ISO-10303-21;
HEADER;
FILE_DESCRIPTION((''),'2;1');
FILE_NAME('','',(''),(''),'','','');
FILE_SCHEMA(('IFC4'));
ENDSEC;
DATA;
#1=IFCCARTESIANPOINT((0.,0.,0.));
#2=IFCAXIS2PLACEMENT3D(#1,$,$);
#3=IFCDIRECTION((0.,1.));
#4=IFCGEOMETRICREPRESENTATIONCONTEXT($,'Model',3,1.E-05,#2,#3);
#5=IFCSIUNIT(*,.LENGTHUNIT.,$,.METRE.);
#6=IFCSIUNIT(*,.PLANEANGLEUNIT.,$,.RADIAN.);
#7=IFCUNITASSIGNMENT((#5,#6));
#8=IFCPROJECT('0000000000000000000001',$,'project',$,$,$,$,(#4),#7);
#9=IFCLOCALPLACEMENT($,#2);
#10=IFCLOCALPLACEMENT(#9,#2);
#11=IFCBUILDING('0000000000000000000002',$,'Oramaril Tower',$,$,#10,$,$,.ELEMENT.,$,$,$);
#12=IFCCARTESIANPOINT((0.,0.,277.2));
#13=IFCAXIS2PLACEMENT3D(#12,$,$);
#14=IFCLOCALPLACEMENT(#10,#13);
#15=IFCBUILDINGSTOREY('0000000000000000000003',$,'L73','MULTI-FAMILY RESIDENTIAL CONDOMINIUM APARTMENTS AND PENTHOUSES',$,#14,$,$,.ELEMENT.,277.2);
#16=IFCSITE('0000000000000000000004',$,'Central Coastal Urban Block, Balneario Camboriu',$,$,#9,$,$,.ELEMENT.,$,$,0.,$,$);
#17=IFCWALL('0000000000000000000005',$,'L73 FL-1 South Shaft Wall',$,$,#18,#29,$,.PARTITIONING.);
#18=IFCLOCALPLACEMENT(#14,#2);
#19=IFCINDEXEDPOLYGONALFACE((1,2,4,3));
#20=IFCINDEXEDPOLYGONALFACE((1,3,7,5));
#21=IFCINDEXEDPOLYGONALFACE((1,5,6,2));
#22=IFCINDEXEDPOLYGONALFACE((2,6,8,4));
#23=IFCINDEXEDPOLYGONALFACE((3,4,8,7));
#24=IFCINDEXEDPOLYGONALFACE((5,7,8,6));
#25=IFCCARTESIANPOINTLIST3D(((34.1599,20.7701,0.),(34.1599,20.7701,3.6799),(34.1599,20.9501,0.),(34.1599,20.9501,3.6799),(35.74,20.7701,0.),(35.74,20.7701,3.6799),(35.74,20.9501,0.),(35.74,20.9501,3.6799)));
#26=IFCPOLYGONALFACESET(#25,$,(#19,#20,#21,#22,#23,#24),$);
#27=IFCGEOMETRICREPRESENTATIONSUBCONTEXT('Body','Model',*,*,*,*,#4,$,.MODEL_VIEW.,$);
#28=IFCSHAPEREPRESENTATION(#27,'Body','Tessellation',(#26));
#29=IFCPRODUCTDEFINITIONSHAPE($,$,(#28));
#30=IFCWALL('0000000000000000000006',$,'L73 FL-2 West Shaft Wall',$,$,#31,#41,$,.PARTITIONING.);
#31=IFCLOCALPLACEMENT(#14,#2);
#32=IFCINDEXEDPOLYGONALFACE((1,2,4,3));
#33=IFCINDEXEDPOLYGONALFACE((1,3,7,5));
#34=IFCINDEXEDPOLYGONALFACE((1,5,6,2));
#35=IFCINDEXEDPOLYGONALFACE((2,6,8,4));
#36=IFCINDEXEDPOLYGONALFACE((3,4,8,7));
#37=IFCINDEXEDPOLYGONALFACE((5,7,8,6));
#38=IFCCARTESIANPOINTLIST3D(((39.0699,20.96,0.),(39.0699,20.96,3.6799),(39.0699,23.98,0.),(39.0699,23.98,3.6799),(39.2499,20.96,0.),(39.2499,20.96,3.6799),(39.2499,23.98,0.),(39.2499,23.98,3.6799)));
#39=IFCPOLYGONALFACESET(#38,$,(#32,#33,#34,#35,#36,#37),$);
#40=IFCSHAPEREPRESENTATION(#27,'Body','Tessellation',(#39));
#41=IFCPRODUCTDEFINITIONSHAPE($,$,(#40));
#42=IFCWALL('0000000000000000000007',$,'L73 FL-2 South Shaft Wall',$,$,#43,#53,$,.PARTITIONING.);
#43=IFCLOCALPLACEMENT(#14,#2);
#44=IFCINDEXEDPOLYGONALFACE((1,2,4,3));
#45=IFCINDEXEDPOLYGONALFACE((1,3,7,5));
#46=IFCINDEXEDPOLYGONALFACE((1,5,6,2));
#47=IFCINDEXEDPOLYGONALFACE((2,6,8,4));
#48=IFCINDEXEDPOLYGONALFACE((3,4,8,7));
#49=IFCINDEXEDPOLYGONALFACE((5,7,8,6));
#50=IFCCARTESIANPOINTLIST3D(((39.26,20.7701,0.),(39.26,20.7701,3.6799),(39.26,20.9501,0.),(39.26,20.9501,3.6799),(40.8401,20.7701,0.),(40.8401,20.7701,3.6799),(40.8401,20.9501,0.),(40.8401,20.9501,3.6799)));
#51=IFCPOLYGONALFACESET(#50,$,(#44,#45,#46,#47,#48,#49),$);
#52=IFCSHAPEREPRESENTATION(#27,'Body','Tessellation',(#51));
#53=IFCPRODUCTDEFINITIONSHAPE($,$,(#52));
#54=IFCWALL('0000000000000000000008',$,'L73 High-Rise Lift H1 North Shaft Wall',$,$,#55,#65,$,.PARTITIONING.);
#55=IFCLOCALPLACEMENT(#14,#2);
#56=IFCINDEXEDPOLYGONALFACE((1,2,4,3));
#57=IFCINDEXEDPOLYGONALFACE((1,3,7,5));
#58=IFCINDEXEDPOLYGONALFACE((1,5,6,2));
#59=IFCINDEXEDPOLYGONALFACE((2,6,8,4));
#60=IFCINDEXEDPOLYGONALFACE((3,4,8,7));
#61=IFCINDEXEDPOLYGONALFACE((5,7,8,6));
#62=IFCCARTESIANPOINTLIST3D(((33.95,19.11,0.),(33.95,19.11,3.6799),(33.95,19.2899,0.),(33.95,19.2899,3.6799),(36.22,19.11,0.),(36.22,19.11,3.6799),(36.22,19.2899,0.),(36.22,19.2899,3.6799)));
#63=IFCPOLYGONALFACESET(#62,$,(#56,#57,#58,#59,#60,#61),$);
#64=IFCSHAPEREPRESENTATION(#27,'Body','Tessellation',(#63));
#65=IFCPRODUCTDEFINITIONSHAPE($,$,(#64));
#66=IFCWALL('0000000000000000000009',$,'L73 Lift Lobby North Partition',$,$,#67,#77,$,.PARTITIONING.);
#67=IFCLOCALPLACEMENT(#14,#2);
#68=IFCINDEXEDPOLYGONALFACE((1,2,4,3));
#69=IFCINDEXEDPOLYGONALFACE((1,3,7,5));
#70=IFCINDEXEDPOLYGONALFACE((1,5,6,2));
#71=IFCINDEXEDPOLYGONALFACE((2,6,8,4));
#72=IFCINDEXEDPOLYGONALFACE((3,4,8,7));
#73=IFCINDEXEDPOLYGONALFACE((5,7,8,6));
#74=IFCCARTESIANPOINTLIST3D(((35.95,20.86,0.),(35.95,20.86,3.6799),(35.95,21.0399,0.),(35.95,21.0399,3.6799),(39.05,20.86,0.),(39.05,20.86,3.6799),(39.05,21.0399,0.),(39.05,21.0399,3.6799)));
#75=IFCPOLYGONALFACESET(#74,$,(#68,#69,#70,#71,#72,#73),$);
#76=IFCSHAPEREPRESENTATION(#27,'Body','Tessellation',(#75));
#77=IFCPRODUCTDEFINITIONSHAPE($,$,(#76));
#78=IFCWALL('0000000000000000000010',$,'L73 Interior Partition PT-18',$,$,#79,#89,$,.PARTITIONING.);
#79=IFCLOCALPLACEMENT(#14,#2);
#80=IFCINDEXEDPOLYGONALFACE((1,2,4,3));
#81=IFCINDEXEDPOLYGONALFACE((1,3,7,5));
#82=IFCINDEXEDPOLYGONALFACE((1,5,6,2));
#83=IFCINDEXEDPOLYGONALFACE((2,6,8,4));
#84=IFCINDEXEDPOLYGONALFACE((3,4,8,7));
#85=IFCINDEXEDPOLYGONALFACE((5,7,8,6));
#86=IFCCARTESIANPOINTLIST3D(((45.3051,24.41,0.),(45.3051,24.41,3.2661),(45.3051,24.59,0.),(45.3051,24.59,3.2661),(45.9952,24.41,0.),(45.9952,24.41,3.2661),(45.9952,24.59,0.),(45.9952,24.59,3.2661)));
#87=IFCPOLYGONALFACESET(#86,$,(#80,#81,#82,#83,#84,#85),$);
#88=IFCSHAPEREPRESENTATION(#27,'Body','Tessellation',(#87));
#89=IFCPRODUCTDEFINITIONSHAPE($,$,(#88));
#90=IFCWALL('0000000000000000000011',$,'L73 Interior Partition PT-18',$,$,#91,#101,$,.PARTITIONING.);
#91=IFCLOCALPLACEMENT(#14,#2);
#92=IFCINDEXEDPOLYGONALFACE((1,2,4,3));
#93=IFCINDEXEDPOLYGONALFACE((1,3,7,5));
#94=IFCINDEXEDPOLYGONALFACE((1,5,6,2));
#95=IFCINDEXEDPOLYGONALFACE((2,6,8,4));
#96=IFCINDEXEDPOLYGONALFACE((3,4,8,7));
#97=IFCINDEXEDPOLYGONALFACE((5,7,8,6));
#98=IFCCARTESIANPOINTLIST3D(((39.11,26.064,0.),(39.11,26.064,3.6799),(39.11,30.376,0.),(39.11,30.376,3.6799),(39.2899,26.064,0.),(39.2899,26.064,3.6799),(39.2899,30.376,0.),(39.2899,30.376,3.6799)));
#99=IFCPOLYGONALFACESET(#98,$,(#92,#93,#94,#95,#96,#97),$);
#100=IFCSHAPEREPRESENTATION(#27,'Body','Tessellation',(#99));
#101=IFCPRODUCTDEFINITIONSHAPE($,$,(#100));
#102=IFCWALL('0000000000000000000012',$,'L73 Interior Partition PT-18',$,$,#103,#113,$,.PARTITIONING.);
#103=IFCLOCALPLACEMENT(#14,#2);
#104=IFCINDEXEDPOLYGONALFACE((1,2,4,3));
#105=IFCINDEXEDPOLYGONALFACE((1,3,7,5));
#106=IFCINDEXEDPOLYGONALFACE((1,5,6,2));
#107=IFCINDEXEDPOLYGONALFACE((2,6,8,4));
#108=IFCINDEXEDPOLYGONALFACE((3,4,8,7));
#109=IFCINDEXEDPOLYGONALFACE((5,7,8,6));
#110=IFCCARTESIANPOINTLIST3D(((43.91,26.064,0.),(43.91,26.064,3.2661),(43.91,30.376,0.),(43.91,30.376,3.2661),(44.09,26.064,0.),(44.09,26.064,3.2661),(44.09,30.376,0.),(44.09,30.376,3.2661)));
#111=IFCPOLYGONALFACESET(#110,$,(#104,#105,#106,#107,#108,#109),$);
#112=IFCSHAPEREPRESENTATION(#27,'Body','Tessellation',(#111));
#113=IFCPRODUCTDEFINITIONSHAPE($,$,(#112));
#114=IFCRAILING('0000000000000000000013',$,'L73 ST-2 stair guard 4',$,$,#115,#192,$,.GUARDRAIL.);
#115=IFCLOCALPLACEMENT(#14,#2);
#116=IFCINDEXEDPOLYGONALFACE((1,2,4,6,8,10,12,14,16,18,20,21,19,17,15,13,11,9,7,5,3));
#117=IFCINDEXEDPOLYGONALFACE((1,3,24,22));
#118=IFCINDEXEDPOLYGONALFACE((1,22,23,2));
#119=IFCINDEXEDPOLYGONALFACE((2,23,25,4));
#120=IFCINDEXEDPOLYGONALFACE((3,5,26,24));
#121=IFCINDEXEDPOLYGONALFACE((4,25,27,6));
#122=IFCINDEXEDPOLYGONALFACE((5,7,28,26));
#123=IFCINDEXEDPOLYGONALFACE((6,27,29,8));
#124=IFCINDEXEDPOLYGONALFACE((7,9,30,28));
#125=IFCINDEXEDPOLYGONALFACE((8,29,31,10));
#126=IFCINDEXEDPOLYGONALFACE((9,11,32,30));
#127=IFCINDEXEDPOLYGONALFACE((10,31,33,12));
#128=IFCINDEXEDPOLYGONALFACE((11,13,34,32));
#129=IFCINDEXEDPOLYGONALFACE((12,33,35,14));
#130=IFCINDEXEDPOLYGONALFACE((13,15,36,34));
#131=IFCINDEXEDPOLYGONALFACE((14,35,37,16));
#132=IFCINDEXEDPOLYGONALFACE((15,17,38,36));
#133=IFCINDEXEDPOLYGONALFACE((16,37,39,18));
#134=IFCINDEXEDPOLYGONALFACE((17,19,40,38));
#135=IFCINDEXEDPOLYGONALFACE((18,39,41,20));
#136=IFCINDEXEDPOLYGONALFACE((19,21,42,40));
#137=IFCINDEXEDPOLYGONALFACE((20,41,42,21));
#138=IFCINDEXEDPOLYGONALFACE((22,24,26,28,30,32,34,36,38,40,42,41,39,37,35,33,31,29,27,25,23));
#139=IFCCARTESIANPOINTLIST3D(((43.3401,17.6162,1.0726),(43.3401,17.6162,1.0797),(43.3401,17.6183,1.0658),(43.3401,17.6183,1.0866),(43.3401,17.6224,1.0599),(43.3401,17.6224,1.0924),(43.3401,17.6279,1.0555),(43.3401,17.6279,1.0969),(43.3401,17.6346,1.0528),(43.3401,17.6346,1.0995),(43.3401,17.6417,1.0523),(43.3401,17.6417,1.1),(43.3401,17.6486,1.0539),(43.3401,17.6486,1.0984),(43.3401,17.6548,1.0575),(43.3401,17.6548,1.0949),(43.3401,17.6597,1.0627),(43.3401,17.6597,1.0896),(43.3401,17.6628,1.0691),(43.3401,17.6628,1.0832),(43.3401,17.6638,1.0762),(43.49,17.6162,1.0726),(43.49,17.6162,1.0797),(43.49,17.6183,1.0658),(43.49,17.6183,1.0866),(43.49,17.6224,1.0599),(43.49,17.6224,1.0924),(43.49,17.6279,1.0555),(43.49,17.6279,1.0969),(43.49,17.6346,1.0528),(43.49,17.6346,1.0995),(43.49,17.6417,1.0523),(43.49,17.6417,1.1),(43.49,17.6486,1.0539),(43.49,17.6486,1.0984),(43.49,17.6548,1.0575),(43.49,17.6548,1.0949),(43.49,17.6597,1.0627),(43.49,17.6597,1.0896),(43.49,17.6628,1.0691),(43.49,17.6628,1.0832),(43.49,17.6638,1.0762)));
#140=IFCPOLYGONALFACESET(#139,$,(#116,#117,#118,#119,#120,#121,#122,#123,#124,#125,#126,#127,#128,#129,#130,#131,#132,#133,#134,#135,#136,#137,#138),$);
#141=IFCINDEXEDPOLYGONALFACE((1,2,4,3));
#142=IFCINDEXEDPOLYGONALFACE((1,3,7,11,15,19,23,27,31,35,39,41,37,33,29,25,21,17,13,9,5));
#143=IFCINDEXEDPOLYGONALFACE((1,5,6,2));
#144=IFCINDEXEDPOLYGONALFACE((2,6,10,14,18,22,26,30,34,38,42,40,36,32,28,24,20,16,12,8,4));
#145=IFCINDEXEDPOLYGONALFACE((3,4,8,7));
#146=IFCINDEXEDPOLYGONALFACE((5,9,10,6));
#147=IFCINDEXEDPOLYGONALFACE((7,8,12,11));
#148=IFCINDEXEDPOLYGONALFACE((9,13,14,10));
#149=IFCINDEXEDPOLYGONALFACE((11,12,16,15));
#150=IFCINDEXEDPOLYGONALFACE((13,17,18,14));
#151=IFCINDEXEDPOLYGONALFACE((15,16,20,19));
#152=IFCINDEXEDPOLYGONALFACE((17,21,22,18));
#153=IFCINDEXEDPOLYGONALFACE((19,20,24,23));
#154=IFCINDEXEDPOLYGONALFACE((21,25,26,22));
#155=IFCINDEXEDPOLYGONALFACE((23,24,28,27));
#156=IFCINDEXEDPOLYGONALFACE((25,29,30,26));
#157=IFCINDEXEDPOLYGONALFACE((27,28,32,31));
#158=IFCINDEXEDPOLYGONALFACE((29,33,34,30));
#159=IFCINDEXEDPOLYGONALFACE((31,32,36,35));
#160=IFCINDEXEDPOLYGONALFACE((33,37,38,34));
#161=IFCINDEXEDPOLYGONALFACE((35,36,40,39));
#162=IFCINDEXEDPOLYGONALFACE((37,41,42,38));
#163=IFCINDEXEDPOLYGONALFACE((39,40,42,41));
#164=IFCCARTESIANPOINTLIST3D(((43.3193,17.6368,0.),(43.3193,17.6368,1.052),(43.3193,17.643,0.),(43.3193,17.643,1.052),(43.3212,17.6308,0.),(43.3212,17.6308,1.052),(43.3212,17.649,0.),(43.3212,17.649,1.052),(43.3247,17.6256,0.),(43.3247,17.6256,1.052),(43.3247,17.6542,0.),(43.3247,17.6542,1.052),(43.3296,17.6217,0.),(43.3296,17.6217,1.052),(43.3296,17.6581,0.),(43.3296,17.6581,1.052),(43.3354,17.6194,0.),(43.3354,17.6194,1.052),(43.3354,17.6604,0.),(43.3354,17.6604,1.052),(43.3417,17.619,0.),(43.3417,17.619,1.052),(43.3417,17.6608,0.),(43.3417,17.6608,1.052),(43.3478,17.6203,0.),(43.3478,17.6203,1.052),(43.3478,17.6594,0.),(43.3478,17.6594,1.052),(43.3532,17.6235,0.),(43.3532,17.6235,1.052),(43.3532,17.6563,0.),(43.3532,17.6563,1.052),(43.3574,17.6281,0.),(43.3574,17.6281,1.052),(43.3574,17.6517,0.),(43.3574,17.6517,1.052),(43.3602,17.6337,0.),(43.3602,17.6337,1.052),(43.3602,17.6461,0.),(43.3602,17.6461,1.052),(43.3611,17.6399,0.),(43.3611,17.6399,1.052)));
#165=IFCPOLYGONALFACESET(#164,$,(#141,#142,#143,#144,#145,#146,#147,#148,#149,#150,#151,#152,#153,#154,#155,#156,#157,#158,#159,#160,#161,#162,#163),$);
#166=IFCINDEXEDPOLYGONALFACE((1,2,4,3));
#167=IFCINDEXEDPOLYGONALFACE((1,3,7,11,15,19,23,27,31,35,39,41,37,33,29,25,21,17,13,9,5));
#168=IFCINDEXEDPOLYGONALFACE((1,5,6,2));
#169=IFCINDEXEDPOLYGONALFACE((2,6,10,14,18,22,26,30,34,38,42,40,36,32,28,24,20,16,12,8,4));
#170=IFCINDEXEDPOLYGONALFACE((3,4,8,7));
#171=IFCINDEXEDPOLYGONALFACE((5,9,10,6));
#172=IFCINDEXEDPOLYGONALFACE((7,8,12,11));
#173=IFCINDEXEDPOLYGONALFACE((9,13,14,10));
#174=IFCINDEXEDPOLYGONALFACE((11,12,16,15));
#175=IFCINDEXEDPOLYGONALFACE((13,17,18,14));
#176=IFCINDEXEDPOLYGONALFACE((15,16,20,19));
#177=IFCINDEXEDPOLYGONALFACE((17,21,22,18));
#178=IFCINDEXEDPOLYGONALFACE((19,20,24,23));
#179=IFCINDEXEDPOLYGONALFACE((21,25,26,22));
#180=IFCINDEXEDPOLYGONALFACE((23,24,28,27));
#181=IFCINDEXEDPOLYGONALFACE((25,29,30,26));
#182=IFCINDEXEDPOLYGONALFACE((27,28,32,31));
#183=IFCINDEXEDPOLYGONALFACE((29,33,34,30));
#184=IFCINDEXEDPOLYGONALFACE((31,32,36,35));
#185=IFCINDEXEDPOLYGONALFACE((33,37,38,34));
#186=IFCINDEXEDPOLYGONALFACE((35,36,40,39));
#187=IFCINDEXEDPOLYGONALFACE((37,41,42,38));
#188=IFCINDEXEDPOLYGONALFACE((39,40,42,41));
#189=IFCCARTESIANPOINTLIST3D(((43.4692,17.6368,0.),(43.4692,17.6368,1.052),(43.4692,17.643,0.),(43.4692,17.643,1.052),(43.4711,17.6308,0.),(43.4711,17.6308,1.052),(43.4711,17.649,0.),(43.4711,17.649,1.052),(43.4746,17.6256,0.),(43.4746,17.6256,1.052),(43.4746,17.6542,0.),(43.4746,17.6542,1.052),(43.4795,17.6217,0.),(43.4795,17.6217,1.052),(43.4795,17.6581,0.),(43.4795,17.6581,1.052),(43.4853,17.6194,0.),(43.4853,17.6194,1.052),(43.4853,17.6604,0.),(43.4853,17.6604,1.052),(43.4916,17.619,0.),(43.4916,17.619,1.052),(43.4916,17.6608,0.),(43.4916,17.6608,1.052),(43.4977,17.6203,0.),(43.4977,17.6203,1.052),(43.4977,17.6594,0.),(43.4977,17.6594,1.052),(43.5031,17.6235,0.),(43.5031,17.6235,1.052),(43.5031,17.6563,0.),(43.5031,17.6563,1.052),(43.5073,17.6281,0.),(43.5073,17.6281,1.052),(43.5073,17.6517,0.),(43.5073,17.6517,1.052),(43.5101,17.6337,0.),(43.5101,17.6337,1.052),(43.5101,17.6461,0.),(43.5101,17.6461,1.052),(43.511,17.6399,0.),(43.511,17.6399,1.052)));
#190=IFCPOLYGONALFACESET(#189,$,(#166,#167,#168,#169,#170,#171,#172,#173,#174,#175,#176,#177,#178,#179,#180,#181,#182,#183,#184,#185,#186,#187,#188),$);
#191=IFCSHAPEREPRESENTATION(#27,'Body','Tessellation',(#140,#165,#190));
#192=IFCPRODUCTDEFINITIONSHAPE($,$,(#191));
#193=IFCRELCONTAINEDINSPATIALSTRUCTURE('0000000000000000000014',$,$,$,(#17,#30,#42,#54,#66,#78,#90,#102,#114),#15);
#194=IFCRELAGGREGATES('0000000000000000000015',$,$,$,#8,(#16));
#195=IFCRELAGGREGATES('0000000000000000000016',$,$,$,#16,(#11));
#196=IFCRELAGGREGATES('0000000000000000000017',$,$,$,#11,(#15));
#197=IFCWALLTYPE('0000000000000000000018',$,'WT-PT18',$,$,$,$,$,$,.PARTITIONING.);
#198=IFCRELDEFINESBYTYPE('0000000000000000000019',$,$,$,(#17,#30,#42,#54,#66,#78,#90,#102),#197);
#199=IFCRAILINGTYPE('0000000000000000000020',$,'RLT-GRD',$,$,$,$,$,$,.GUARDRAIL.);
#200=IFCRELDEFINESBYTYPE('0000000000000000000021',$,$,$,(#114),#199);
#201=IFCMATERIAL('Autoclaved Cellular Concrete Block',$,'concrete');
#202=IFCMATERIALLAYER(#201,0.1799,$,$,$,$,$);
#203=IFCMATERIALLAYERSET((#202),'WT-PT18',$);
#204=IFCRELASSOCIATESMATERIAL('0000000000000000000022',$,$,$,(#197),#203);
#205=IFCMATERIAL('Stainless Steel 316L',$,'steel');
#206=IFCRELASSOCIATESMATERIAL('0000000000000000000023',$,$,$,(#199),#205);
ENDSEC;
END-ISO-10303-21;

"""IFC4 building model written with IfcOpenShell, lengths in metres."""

from ifc_helpers import new_model, si_unit, direction, frame, frame_2d, origin, origin_2d, place, context, subcontext, project, spatial, rectangle, circle, extrude, material, layer, layer_set, type_object, element, save


model = new_model("IFC4")

# Units and contexts
model_context = context("Model", 3, precision=1e-05, world=origin(), true_north=direction((0.0, 1.0)))
body_context = subcontext(model_context, "Body", "Model", "MODEL_VIEW")
ifc_project = project(units=[si_unit("LENGTHUNIT", "METRE"), si_unit("PLANEANGLEUNIT", "RADIAN")], contexts=[model_context])

# Site, building, storey
site_placement = place(None, origin())
site = spatial("IfcSite", under=ifc_project, at=site_placement, Name="Central Coastal Urban Block, Balneario Camboriu", CompositionType="ELEMENT", RefElevation=0.0)
building_placement = place(site_placement, origin())
building = spatial("IfcBuilding", under=site, at=building_placement, Name="Oramaril Tower", CompositionType="ELEMENT")
storey_placement = place(building_placement, frame((0.0, 0.0, 277.2)))
storey = spatial("IfcBuildingStorey", under=building, at=storey_placement, Name="L73", Description="MULTI-FAMILY RESIDENTIAL CONDOMINIUM APARTMENTS AND PENTHOUSES", CompositionType="ELEMENT", Elevation=277.2)

# Walls
ifc_material_1 = material(Name="Autoclaved Cellular Concrete Block", Category="concrete")
ifc_layer_1 = layer(ifc_material_1, 0.1799)
ifc_layer_set_1 = layer_set([ifc_layer_1], Name="WT-PT18")
wall_type_1 = type_object("IfcWallType", Name="WT-PT18", PredefinedType="PARTITIONING", material=ifc_layer_set_1)
wall_1_placement = place(storey_placement, frame((34.1599, 20.8601, 0.0), z_axis=(0.0, 0.0, 1.0), x_axis=(1.0, 0.0, 0.0)))
element("IfcWall", 1, at=wall_1_placement, inside=storey, type_object=wall_type_1, Name="L73 FL-1 South Shaft Wall", PredefinedType="PARTITIONING", context=body_context, shape_type="SweptSolid", body=[
    extrude(rectangle(XDim=1.5801, YDim=0.1799, at=frame_2d((0.79, 0.0))), origin(), (0.0, 0.0, 1.0), 3.6799),
])
wall_2_placement = place(storey_placement, frame((39.1599, 20.96, 0.0), z_axis=(0.0, 0.0, 1.0), x_axis=(0.0, 1.0, 0.0)))
element("IfcWall", 2, at=wall_2_placement, inside=storey, type_object=wall_type_1, Name="L73 FL-2 West Shaft Wall", PredefinedType="PARTITIONING", context=body_context, shape_type="SweptSolid", body=[
    extrude(rectangle(XDim=3.02, YDim=0.1799, at=frame_2d((1.51, 0.0))), origin(), (0.0, 0.0, 1.0), 3.6799),
])
wall_3_placement = place(storey_placement, frame((39.26, 20.8601, 0.0), z_axis=(0.0, 0.0, 1.0), x_axis=(1.0, 0.0, 0.0)))
element("IfcWall", 3, at=wall_3_placement, inside=storey, type_object=wall_type_1, Name="L73 FL-2 South Shaft Wall", PredefinedType="PARTITIONING", context=body_context, shape_type="SweptSolid", body=[
    extrude(rectangle(XDim=1.5801, YDim=0.1799, at=frame_2d((0.79, 0.0))), origin(), (0.0, 0.0, 1.0), 3.6799),
])
wall_4_placement = place(storey_placement, frame((33.95, 19.2, 0.0), z_axis=(0.0, 0.0, 1.0), x_axis=(1.0, 0.0, 0.0)))
element("IfcWall", 4, at=wall_4_placement, inside=storey, type_object=wall_type_1, Name="L73 High-Rise Lift H1 North Shaft Wall", PredefinedType="PARTITIONING", context=body_context, shape_type="SweptSolid", body=[
    extrude(rectangle(XDim=2.27, YDim=0.1799, at=frame_2d((1.135, 0.0))), origin(), (0.0, 0.0, 1.0), 3.6799),
])
wall_5_placement = place(storey_placement, frame((35.95, 20.95, 0.0), z_axis=(0.0, 0.0, 1.0), x_axis=(1.0, 0.0, 0.0)))
element("IfcWall", 5, at=wall_5_placement, inside=storey, type_object=wall_type_1, Name="L73 Lift Lobby North Partition", PredefinedType="PARTITIONING", context=body_context, shape_type="SweptSolid", body=[
    extrude(rectangle(XDim=3.1001, YDim=0.1799, at=frame_2d((1.55, 0.0))), origin(), (0.0, 0.0, 1.0), 3.6799),
])
wall_6_placement = place(storey_placement, frame((45.3049, 24.5, 0.0), z_axis=(0.0, 0.0, 1.0), x_axis=(1.0, 0.0, 0.0)))
element("IfcWall", 6, at=wall_6_placement, inside=storey, type_object=wall_type_1, Name="L73 Interior Partition PT-18", PredefinedType="PARTITIONING", context=body_context, shape_type="SweptSolid", body=[
    extrude(rectangle(XDim=0.6902, YDim=0.1799, at=frame_2d((0.3452, 0.0))), origin(), (0.0, 0.0, 1.0), 3.2661),
])
wall_7_placement = place(storey_placement, frame((39.2, 26.064, 0.0), z_axis=(0.0, 0.0, 1.0), x_axis=(0.0, 1.0, 0.0)))
element("IfcWall", 7, at=wall_7_placement, inside=storey, type_object=wall_type_1, Name="L73 Interior Partition PT-18", PredefinedType="PARTITIONING", context=body_context, shape_type="SweptSolid", body=[
    extrude(rectangle(XDim=4.312, YDim=0.1799, at=frame_2d((2.156, 0.0))), origin(), (0.0, 0.0, 1.0), 3.6799),
])
wall_8_placement = place(storey_placement, frame((44.0, 26.064, 0.0), z_axis=(0.0, 0.0, 1.0), x_axis=(0.0, 1.0, 0.0)))
element("IfcWall", 8, at=wall_8_placement, inside=storey, type_object=wall_type_1, Name="L73 Interior Partition PT-18", PredefinedType="PARTITIONING", context=body_context, shape_type="SweptSolid", body=[
    extrude(rectangle(XDim=4.312, YDim=0.1799, at=frame_2d((2.156, 0.0))), origin(), (0.0, 0.0, 1.0), 3.2661),
])

# Railing
ifc_material_2 = material(Name="Stainless Steel 316L", Category="steel")
railing_type = type_object("IfcRailingType", Name="RLT-GRD", PredefinedType="GUARDRAIL", material=ifc_material_2)
railing_placement = place(storey_placement, frame((43.3401, 17.6399, 0.0)))
element("IfcRailing", 9, at=railing_placement, inside=storey, type_object=railing_type, Name="L73 ST-2 stair guard 4", PredefinedType="GUARDRAIL", context=body_context, shape_type="SweptSolid", body=[
    extrude(circle(Radius=0.0239, at=origin_2d()), frame((0.0, 0.0, 1.0762), z_axis=(1.0, 0.0, 0.0), x_axis=(0.0, 1.0, 0.0)), (0.0, 0.0, 1.0), 0.1499),
    extrude(circle(Radius=0.021, at=origin_2d()), origin(), (0.0, 0.0, 1.0), 1.052),
    extrude(circle(Radius=0.021, at=origin_2d()), frame((0.1499, 0.0, 0.0)), (0.0, 0.0, 1.0), 1.052),
])

save(model, "model.ifc")
